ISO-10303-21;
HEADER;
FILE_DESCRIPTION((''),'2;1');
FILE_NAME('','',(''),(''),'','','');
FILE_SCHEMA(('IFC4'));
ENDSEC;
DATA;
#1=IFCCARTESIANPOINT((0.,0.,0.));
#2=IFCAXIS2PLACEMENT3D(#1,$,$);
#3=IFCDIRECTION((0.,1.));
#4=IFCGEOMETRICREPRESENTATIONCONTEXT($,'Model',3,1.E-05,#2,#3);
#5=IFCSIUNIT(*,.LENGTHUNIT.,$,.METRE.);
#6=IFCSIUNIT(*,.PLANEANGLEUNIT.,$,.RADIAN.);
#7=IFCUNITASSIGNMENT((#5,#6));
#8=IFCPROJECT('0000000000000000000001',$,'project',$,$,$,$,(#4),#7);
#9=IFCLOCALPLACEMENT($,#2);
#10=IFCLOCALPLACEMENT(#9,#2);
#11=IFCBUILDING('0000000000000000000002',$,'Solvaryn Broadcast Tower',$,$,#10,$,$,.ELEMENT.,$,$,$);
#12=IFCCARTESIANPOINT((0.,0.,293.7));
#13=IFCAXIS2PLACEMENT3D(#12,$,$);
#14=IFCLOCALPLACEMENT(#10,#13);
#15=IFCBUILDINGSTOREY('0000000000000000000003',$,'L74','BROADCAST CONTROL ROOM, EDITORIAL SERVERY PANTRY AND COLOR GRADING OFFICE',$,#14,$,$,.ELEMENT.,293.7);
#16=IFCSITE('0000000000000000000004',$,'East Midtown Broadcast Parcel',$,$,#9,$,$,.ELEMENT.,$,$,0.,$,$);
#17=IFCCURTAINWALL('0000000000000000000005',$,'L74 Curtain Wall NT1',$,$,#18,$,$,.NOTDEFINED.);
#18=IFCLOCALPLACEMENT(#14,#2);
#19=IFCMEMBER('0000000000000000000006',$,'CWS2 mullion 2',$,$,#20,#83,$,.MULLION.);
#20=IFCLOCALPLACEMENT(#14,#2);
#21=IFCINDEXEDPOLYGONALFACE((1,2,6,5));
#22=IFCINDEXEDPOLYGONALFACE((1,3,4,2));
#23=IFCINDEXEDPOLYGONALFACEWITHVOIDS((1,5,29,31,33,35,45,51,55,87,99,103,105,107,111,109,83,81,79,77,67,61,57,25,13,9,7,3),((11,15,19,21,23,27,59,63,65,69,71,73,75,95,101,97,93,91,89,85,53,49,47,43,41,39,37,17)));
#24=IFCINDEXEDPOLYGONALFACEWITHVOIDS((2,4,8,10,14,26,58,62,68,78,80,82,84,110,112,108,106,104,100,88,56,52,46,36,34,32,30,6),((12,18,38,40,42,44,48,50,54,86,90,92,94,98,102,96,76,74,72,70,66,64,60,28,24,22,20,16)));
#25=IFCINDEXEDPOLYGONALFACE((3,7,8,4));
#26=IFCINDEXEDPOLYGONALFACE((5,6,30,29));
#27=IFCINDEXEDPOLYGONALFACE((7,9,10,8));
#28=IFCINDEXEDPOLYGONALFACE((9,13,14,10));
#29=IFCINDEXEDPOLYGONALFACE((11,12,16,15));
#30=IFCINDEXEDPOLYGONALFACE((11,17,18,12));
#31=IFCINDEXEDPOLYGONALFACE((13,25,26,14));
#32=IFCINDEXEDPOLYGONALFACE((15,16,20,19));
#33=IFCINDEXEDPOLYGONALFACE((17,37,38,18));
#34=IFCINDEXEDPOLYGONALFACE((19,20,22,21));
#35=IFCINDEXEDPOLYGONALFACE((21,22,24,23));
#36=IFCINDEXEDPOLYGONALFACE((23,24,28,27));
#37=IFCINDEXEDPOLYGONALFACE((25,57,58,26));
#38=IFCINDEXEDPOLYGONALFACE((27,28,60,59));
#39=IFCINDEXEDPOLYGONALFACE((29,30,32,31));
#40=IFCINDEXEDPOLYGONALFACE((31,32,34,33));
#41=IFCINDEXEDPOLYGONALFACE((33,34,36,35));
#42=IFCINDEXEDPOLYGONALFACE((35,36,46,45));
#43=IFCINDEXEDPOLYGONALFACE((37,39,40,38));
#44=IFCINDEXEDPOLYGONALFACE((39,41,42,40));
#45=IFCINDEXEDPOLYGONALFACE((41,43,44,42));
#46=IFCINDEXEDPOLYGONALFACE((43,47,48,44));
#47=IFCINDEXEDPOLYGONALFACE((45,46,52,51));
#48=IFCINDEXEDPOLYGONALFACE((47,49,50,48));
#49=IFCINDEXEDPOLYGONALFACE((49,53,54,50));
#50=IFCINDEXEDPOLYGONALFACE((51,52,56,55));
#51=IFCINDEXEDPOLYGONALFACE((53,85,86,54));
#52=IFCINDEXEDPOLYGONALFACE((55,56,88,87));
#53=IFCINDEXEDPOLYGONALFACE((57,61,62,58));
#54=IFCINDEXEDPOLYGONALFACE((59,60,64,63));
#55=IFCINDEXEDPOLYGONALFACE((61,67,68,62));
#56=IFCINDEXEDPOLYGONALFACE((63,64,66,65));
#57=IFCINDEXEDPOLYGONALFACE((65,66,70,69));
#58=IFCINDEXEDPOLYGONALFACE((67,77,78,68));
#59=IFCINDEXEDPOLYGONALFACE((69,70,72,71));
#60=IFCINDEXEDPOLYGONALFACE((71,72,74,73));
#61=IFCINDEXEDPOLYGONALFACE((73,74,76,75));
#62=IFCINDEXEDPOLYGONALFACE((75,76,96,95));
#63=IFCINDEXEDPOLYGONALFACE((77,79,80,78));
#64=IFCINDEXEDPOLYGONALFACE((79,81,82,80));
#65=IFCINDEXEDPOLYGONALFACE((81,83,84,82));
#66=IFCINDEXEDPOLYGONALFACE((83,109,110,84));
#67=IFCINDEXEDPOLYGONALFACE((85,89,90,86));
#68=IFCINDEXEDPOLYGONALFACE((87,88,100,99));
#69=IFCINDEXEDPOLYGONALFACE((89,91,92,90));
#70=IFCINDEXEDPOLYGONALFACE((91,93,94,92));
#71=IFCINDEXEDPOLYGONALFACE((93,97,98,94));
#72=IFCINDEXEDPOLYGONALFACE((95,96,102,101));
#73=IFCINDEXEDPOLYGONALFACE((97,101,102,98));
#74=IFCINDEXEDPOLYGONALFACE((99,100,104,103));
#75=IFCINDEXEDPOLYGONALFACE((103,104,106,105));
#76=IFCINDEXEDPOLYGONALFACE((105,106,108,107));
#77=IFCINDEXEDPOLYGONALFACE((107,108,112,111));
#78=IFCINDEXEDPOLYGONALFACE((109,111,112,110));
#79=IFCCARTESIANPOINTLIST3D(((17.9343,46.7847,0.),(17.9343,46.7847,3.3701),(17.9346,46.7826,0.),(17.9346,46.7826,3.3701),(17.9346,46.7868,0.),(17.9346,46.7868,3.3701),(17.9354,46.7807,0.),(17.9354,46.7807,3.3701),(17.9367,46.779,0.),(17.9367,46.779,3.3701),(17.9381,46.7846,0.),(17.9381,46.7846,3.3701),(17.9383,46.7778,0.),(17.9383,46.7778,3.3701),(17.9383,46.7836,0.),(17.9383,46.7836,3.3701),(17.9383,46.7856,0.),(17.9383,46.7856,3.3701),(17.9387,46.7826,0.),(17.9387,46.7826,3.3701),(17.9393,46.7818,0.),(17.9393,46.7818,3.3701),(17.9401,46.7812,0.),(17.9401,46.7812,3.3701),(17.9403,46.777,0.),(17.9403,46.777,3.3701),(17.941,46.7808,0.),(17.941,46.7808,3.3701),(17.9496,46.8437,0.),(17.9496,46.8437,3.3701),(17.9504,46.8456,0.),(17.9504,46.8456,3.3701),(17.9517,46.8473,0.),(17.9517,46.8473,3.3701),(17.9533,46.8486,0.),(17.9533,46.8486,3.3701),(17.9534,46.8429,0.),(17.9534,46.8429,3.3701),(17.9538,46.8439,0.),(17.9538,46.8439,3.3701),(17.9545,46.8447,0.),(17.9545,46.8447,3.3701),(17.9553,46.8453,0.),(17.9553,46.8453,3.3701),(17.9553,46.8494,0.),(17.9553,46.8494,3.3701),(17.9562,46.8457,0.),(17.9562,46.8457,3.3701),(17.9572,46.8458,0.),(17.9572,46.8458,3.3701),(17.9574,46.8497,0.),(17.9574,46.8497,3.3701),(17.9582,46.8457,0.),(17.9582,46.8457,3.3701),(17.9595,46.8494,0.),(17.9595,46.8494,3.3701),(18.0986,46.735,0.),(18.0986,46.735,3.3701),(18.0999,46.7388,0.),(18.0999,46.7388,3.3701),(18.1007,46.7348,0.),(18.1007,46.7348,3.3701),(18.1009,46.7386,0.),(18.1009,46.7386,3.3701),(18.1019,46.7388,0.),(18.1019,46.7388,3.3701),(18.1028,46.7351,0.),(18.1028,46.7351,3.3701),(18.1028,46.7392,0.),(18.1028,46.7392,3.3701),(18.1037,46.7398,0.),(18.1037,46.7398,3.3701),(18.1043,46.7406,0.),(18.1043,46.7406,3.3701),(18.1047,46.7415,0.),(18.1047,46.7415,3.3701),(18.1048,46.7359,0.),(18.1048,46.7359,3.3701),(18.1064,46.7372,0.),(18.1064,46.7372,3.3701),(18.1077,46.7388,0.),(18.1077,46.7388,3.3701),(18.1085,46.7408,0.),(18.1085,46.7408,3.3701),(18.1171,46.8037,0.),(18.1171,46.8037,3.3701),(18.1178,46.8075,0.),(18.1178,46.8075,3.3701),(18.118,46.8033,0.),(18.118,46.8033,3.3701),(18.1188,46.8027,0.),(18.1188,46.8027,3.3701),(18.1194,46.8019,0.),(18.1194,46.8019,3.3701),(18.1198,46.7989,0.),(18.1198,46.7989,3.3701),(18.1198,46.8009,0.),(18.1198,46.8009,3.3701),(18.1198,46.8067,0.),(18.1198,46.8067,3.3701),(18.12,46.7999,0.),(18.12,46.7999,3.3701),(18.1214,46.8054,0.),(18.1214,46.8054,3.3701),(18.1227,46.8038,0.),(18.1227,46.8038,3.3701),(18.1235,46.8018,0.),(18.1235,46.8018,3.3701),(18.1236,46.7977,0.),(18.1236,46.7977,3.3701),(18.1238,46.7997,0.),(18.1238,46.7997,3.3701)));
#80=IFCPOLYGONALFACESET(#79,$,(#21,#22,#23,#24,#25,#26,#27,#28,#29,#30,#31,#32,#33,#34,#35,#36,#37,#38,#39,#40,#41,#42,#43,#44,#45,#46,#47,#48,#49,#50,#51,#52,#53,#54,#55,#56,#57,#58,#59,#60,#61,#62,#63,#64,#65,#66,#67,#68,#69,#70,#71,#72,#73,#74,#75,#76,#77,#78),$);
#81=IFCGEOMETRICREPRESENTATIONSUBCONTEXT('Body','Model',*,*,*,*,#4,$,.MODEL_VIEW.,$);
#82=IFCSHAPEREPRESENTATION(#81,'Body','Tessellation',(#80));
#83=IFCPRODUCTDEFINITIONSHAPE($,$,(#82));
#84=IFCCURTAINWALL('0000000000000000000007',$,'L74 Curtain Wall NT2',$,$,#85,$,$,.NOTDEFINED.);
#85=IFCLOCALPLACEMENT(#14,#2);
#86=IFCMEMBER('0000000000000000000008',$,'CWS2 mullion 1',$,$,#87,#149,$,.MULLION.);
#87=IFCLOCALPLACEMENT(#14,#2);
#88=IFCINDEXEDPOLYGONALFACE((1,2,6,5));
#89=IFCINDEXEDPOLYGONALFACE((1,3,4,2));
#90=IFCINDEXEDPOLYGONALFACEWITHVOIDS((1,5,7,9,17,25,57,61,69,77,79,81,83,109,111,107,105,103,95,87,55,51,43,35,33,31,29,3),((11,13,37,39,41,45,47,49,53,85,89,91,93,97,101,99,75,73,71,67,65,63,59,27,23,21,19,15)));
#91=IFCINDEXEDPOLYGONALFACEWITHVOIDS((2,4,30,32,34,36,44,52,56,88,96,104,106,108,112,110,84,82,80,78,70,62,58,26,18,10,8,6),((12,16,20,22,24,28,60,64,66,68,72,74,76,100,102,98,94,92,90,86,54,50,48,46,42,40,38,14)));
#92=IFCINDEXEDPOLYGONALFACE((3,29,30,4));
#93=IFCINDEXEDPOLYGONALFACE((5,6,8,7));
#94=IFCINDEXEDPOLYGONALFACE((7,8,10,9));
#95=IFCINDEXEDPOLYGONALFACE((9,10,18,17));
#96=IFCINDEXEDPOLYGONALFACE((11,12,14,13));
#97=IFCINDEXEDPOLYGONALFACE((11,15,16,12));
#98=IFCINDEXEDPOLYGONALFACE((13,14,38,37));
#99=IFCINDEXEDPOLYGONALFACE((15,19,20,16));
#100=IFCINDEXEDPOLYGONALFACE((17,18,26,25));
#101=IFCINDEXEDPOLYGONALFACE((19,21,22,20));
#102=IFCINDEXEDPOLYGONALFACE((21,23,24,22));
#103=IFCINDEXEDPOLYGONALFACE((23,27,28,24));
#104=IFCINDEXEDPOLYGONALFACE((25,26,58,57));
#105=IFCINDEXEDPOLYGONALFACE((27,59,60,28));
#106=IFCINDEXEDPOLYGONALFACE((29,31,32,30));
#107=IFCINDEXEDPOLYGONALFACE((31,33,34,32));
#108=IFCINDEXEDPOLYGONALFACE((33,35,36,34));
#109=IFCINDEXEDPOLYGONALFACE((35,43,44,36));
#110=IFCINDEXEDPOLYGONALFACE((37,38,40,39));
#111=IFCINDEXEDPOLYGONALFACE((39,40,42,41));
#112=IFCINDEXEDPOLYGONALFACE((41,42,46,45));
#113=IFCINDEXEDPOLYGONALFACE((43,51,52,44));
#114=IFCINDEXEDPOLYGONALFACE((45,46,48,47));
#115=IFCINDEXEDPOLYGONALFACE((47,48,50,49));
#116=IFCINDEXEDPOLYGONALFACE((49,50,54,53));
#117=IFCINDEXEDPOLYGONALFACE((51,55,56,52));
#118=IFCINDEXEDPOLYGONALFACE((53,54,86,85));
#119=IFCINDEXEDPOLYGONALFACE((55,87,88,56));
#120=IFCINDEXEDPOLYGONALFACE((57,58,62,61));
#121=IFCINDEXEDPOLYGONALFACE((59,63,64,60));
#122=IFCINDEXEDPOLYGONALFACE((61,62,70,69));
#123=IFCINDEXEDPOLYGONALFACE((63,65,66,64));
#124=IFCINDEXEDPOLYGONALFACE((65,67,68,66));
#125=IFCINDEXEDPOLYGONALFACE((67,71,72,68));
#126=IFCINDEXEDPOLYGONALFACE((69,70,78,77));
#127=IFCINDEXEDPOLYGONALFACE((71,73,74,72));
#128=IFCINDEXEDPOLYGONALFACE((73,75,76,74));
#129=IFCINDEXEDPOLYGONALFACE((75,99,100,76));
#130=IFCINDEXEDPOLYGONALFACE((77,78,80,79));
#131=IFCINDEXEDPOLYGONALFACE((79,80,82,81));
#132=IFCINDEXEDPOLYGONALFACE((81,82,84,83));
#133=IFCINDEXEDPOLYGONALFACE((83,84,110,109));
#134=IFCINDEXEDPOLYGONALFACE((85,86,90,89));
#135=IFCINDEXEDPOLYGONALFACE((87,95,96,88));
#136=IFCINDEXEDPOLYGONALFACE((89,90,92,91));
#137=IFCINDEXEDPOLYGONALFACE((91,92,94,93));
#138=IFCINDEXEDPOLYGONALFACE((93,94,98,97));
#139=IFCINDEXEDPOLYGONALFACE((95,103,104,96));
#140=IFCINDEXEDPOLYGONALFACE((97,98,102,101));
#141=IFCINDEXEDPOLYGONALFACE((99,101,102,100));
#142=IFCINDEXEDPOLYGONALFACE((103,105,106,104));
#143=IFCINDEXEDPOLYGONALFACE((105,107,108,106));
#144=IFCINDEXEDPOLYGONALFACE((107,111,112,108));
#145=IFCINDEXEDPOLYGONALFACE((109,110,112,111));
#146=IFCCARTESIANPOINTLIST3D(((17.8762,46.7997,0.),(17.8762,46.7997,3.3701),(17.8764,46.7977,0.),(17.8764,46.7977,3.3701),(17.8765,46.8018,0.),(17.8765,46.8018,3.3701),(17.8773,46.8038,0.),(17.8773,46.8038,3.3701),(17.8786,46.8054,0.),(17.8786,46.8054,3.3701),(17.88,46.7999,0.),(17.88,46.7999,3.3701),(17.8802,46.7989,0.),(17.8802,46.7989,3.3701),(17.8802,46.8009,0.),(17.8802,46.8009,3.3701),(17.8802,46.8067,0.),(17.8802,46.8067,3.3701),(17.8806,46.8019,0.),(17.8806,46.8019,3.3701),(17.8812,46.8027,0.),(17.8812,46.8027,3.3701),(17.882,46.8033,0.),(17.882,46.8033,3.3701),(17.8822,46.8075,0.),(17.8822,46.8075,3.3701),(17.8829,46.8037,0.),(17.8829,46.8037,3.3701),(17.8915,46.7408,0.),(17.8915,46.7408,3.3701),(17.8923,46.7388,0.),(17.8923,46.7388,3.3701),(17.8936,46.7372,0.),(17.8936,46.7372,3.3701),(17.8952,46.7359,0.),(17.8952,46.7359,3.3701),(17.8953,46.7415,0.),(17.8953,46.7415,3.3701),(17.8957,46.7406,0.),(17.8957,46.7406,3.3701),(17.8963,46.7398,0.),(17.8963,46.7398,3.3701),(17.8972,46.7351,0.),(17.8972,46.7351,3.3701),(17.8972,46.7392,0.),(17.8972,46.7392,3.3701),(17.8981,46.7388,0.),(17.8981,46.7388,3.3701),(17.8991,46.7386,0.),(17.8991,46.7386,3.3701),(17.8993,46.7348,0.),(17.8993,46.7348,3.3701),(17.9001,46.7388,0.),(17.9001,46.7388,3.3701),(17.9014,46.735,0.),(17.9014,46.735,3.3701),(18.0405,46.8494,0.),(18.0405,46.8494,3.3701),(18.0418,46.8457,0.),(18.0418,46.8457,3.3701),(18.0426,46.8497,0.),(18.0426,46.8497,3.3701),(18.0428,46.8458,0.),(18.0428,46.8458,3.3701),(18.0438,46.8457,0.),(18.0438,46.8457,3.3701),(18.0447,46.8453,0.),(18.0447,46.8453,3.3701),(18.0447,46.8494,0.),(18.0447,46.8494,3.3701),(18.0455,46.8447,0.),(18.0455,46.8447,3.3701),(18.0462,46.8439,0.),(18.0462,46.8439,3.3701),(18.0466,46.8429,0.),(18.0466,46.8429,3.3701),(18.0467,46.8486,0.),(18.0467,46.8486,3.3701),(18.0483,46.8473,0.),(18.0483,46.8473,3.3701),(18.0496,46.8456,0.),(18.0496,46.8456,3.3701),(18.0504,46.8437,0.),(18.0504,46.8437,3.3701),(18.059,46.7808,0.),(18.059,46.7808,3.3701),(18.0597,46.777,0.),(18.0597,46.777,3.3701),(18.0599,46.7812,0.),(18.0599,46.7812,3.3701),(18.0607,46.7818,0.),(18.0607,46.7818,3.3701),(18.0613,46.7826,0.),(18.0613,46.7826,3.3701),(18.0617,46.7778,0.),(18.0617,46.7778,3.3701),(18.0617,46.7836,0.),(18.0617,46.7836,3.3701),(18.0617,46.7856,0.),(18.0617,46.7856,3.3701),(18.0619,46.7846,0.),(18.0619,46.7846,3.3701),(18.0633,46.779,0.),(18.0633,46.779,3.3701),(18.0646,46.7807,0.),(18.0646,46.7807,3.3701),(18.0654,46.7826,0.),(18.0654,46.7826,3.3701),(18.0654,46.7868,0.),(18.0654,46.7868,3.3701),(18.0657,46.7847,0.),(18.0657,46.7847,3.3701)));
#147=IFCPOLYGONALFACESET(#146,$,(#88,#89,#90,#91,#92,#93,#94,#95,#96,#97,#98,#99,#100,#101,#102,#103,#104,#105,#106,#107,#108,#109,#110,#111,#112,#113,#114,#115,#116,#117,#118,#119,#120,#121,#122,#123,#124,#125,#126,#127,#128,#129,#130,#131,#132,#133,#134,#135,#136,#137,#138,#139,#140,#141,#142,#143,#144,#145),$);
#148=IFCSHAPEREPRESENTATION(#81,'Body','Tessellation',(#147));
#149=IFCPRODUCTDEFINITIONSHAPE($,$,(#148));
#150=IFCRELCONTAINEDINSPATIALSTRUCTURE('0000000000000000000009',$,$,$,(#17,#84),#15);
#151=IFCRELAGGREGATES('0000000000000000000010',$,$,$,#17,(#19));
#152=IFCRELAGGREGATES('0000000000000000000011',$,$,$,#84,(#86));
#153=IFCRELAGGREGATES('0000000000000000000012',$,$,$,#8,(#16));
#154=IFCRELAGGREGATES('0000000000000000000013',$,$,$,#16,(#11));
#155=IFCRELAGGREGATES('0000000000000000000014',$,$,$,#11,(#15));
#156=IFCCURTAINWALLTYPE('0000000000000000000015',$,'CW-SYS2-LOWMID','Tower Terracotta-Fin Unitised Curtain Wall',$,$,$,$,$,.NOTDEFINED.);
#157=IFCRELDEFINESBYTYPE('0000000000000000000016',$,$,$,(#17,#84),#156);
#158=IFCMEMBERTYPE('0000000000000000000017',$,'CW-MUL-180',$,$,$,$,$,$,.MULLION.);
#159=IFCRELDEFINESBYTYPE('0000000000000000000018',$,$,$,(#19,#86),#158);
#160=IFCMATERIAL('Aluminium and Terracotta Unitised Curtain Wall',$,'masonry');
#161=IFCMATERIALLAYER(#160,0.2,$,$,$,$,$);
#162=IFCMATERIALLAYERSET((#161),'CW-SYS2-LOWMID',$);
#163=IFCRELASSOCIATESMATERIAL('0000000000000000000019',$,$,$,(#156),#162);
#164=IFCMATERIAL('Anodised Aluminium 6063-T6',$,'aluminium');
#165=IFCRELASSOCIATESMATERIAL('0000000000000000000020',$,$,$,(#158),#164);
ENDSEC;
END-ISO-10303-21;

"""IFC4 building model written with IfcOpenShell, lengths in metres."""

from ifc_helpers import new_model, si_unit, direction, frame, origin, origin_2d, place, context, subcontext, project, spatial, hollow_rectangle, extrude, material, layer, layer_set, material_profile, profile_set, type_object, element, aggregate, save


model = new_model("IFC4")

# Units and contexts
model_context = context("Model", 3, precision=1e-05, world=origin(), true_north=direction((0.0, 1.0)))
body_context = subcontext(model_context, "Body", "Model", "MODEL_VIEW")
ifc_project = project(units=[si_unit("LENGTHUNIT", "METRE"), si_unit("PLANEANGLEUNIT", "RADIAN")], contexts=[model_context])

# Site, building, storey
site_placement = place(None, origin())
site = spatial("IfcSite", under=ifc_project, at=site_placement, Name="East Midtown Broadcast Parcel", CompositionType="ELEMENT", RefElevation=0.0)
building_placement = place(site_placement, origin())
building = spatial("IfcBuilding", under=site, at=building_placement, Name="Solvaryn Broadcast Tower", CompositionType="ELEMENT")
storey_placement = place(building_placement, frame((0.0, 0.0, 293.7)))
storey = spatial("IfcBuildingStorey", under=building, at=storey_placement, Name="L74", Description="BROADCAST CONTROL ROOM, EDITORIAL SERVERY PANTRY AND COLOR GRADING OFFICE", CompositionType="ELEMENT", Elevation=293.7)

# Curtain wall, member
ifc_material_1 = material(Name="Aluminium and Terracotta Unitised Curtain Wall", Category="masonry")
ifc_layer_1 = layer(ifc_material_1, 0.2)
ifc_layer_set_1 = layer_set([ifc_layer_1], Name="CW-SYS2-LOWMID")
curtain_wall_type = type_object("IfcCurtainWallType", Name="CW-SYS2-LOWMID", Description="Tower Terracotta-Fin Unitised Curtain Wall", PredefinedType="NOTDEFINED", material=ifc_layer_set_1)
ifc_material_2 = material(Name="Anodised Aluminium 6063-T6", Category="aluminium")
ifc_material_profile_1 = material_profile(ifc_material_2, hollow_rectangle(XDim=0.075, YDim=0.1799, WallThickness=0.0039, InnerFilletRadius=0.0039, OuterFilletRadius=0.0081, at=origin_2d()))
ifc_profile_set_1 = profile_set([ifc_material_profile_1], Name="Anodised Aluminium 6063-T6")
member_type_1 = type_object("IfcMemberType", Name="CW-MUL-180", PredefinedType="MULLION", material=ifc_profile_set_1)
curtain_wall_1_placement = place(storey_placement, origin())
curtain_wall_1 = element("IfcCurtainWall", 1, at=curtain_wall_1_placement, inside=storey, type_object=curtain_wall_type, Name="L74 Curtain Wall NT1", PredefinedType="NOTDEFINED")
member_1_placement = place(storey_placement, frame((18.0291, 46.7922, 0.0), z_axis=(0.0, 0.0, 1.0), x_axis=(-0.255893, -0.966705, 0.0)))
member_1 = element("IfcMember", 2, at=member_1_placement, type_object=member_type_1, Name="CWS2 mullion 2", PredefinedType="MULLION", context=body_context, shape_type="SweptSolid", body=[
    extrude(hollow_rectangle(XDim=0.075, YDim=0.1799, WallThickness=0.0039, InnerFilletRadius=0.0039, OuterFilletRadius=0.0081, at=origin_2d()), origin(), (0.0, 0.0, 1.0), 3.3701),
])

# Curtain wall, member
curtain_wall_2_placement = place(storey_placement, origin())
curtain_wall_2 = element("IfcCurtainWall", 3, at=curtain_wall_2_placement, inside=storey, type_object=curtain_wall_type, Name="L74 Curtain Wall NT2", PredefinedType="NOTDEFINED")
member_2_placement = place(storey_placement, frame((17.9709, 46.7922, 0.0), z_axis=(0.0, 0.0, 1.0), x_axis=(0.255893, -0.966705, 0.0)))
member_2 = element("IfcMember", 4, at=member_2_placement, type_object=member_type_1, Name="CWS2 mullion 1", PredefinedType="MULLION", context=body_context, shape_type="SweptSolid", body=[
    extrude(hollow_rectangle(XDim=0.075, YDim=0.1799, WallThickness=0.0039, InnerFilletRadius=0.0039, OuterFilletRadius=0.0081, at=origin_2d()), origin(), (0.0, 0.0, 1.0), 3.3701),
])

aggregate(curtain_wall_1, [member_1])
aggregate(curtain_wall_2, [member_2])

save(model, "model.ifc")
